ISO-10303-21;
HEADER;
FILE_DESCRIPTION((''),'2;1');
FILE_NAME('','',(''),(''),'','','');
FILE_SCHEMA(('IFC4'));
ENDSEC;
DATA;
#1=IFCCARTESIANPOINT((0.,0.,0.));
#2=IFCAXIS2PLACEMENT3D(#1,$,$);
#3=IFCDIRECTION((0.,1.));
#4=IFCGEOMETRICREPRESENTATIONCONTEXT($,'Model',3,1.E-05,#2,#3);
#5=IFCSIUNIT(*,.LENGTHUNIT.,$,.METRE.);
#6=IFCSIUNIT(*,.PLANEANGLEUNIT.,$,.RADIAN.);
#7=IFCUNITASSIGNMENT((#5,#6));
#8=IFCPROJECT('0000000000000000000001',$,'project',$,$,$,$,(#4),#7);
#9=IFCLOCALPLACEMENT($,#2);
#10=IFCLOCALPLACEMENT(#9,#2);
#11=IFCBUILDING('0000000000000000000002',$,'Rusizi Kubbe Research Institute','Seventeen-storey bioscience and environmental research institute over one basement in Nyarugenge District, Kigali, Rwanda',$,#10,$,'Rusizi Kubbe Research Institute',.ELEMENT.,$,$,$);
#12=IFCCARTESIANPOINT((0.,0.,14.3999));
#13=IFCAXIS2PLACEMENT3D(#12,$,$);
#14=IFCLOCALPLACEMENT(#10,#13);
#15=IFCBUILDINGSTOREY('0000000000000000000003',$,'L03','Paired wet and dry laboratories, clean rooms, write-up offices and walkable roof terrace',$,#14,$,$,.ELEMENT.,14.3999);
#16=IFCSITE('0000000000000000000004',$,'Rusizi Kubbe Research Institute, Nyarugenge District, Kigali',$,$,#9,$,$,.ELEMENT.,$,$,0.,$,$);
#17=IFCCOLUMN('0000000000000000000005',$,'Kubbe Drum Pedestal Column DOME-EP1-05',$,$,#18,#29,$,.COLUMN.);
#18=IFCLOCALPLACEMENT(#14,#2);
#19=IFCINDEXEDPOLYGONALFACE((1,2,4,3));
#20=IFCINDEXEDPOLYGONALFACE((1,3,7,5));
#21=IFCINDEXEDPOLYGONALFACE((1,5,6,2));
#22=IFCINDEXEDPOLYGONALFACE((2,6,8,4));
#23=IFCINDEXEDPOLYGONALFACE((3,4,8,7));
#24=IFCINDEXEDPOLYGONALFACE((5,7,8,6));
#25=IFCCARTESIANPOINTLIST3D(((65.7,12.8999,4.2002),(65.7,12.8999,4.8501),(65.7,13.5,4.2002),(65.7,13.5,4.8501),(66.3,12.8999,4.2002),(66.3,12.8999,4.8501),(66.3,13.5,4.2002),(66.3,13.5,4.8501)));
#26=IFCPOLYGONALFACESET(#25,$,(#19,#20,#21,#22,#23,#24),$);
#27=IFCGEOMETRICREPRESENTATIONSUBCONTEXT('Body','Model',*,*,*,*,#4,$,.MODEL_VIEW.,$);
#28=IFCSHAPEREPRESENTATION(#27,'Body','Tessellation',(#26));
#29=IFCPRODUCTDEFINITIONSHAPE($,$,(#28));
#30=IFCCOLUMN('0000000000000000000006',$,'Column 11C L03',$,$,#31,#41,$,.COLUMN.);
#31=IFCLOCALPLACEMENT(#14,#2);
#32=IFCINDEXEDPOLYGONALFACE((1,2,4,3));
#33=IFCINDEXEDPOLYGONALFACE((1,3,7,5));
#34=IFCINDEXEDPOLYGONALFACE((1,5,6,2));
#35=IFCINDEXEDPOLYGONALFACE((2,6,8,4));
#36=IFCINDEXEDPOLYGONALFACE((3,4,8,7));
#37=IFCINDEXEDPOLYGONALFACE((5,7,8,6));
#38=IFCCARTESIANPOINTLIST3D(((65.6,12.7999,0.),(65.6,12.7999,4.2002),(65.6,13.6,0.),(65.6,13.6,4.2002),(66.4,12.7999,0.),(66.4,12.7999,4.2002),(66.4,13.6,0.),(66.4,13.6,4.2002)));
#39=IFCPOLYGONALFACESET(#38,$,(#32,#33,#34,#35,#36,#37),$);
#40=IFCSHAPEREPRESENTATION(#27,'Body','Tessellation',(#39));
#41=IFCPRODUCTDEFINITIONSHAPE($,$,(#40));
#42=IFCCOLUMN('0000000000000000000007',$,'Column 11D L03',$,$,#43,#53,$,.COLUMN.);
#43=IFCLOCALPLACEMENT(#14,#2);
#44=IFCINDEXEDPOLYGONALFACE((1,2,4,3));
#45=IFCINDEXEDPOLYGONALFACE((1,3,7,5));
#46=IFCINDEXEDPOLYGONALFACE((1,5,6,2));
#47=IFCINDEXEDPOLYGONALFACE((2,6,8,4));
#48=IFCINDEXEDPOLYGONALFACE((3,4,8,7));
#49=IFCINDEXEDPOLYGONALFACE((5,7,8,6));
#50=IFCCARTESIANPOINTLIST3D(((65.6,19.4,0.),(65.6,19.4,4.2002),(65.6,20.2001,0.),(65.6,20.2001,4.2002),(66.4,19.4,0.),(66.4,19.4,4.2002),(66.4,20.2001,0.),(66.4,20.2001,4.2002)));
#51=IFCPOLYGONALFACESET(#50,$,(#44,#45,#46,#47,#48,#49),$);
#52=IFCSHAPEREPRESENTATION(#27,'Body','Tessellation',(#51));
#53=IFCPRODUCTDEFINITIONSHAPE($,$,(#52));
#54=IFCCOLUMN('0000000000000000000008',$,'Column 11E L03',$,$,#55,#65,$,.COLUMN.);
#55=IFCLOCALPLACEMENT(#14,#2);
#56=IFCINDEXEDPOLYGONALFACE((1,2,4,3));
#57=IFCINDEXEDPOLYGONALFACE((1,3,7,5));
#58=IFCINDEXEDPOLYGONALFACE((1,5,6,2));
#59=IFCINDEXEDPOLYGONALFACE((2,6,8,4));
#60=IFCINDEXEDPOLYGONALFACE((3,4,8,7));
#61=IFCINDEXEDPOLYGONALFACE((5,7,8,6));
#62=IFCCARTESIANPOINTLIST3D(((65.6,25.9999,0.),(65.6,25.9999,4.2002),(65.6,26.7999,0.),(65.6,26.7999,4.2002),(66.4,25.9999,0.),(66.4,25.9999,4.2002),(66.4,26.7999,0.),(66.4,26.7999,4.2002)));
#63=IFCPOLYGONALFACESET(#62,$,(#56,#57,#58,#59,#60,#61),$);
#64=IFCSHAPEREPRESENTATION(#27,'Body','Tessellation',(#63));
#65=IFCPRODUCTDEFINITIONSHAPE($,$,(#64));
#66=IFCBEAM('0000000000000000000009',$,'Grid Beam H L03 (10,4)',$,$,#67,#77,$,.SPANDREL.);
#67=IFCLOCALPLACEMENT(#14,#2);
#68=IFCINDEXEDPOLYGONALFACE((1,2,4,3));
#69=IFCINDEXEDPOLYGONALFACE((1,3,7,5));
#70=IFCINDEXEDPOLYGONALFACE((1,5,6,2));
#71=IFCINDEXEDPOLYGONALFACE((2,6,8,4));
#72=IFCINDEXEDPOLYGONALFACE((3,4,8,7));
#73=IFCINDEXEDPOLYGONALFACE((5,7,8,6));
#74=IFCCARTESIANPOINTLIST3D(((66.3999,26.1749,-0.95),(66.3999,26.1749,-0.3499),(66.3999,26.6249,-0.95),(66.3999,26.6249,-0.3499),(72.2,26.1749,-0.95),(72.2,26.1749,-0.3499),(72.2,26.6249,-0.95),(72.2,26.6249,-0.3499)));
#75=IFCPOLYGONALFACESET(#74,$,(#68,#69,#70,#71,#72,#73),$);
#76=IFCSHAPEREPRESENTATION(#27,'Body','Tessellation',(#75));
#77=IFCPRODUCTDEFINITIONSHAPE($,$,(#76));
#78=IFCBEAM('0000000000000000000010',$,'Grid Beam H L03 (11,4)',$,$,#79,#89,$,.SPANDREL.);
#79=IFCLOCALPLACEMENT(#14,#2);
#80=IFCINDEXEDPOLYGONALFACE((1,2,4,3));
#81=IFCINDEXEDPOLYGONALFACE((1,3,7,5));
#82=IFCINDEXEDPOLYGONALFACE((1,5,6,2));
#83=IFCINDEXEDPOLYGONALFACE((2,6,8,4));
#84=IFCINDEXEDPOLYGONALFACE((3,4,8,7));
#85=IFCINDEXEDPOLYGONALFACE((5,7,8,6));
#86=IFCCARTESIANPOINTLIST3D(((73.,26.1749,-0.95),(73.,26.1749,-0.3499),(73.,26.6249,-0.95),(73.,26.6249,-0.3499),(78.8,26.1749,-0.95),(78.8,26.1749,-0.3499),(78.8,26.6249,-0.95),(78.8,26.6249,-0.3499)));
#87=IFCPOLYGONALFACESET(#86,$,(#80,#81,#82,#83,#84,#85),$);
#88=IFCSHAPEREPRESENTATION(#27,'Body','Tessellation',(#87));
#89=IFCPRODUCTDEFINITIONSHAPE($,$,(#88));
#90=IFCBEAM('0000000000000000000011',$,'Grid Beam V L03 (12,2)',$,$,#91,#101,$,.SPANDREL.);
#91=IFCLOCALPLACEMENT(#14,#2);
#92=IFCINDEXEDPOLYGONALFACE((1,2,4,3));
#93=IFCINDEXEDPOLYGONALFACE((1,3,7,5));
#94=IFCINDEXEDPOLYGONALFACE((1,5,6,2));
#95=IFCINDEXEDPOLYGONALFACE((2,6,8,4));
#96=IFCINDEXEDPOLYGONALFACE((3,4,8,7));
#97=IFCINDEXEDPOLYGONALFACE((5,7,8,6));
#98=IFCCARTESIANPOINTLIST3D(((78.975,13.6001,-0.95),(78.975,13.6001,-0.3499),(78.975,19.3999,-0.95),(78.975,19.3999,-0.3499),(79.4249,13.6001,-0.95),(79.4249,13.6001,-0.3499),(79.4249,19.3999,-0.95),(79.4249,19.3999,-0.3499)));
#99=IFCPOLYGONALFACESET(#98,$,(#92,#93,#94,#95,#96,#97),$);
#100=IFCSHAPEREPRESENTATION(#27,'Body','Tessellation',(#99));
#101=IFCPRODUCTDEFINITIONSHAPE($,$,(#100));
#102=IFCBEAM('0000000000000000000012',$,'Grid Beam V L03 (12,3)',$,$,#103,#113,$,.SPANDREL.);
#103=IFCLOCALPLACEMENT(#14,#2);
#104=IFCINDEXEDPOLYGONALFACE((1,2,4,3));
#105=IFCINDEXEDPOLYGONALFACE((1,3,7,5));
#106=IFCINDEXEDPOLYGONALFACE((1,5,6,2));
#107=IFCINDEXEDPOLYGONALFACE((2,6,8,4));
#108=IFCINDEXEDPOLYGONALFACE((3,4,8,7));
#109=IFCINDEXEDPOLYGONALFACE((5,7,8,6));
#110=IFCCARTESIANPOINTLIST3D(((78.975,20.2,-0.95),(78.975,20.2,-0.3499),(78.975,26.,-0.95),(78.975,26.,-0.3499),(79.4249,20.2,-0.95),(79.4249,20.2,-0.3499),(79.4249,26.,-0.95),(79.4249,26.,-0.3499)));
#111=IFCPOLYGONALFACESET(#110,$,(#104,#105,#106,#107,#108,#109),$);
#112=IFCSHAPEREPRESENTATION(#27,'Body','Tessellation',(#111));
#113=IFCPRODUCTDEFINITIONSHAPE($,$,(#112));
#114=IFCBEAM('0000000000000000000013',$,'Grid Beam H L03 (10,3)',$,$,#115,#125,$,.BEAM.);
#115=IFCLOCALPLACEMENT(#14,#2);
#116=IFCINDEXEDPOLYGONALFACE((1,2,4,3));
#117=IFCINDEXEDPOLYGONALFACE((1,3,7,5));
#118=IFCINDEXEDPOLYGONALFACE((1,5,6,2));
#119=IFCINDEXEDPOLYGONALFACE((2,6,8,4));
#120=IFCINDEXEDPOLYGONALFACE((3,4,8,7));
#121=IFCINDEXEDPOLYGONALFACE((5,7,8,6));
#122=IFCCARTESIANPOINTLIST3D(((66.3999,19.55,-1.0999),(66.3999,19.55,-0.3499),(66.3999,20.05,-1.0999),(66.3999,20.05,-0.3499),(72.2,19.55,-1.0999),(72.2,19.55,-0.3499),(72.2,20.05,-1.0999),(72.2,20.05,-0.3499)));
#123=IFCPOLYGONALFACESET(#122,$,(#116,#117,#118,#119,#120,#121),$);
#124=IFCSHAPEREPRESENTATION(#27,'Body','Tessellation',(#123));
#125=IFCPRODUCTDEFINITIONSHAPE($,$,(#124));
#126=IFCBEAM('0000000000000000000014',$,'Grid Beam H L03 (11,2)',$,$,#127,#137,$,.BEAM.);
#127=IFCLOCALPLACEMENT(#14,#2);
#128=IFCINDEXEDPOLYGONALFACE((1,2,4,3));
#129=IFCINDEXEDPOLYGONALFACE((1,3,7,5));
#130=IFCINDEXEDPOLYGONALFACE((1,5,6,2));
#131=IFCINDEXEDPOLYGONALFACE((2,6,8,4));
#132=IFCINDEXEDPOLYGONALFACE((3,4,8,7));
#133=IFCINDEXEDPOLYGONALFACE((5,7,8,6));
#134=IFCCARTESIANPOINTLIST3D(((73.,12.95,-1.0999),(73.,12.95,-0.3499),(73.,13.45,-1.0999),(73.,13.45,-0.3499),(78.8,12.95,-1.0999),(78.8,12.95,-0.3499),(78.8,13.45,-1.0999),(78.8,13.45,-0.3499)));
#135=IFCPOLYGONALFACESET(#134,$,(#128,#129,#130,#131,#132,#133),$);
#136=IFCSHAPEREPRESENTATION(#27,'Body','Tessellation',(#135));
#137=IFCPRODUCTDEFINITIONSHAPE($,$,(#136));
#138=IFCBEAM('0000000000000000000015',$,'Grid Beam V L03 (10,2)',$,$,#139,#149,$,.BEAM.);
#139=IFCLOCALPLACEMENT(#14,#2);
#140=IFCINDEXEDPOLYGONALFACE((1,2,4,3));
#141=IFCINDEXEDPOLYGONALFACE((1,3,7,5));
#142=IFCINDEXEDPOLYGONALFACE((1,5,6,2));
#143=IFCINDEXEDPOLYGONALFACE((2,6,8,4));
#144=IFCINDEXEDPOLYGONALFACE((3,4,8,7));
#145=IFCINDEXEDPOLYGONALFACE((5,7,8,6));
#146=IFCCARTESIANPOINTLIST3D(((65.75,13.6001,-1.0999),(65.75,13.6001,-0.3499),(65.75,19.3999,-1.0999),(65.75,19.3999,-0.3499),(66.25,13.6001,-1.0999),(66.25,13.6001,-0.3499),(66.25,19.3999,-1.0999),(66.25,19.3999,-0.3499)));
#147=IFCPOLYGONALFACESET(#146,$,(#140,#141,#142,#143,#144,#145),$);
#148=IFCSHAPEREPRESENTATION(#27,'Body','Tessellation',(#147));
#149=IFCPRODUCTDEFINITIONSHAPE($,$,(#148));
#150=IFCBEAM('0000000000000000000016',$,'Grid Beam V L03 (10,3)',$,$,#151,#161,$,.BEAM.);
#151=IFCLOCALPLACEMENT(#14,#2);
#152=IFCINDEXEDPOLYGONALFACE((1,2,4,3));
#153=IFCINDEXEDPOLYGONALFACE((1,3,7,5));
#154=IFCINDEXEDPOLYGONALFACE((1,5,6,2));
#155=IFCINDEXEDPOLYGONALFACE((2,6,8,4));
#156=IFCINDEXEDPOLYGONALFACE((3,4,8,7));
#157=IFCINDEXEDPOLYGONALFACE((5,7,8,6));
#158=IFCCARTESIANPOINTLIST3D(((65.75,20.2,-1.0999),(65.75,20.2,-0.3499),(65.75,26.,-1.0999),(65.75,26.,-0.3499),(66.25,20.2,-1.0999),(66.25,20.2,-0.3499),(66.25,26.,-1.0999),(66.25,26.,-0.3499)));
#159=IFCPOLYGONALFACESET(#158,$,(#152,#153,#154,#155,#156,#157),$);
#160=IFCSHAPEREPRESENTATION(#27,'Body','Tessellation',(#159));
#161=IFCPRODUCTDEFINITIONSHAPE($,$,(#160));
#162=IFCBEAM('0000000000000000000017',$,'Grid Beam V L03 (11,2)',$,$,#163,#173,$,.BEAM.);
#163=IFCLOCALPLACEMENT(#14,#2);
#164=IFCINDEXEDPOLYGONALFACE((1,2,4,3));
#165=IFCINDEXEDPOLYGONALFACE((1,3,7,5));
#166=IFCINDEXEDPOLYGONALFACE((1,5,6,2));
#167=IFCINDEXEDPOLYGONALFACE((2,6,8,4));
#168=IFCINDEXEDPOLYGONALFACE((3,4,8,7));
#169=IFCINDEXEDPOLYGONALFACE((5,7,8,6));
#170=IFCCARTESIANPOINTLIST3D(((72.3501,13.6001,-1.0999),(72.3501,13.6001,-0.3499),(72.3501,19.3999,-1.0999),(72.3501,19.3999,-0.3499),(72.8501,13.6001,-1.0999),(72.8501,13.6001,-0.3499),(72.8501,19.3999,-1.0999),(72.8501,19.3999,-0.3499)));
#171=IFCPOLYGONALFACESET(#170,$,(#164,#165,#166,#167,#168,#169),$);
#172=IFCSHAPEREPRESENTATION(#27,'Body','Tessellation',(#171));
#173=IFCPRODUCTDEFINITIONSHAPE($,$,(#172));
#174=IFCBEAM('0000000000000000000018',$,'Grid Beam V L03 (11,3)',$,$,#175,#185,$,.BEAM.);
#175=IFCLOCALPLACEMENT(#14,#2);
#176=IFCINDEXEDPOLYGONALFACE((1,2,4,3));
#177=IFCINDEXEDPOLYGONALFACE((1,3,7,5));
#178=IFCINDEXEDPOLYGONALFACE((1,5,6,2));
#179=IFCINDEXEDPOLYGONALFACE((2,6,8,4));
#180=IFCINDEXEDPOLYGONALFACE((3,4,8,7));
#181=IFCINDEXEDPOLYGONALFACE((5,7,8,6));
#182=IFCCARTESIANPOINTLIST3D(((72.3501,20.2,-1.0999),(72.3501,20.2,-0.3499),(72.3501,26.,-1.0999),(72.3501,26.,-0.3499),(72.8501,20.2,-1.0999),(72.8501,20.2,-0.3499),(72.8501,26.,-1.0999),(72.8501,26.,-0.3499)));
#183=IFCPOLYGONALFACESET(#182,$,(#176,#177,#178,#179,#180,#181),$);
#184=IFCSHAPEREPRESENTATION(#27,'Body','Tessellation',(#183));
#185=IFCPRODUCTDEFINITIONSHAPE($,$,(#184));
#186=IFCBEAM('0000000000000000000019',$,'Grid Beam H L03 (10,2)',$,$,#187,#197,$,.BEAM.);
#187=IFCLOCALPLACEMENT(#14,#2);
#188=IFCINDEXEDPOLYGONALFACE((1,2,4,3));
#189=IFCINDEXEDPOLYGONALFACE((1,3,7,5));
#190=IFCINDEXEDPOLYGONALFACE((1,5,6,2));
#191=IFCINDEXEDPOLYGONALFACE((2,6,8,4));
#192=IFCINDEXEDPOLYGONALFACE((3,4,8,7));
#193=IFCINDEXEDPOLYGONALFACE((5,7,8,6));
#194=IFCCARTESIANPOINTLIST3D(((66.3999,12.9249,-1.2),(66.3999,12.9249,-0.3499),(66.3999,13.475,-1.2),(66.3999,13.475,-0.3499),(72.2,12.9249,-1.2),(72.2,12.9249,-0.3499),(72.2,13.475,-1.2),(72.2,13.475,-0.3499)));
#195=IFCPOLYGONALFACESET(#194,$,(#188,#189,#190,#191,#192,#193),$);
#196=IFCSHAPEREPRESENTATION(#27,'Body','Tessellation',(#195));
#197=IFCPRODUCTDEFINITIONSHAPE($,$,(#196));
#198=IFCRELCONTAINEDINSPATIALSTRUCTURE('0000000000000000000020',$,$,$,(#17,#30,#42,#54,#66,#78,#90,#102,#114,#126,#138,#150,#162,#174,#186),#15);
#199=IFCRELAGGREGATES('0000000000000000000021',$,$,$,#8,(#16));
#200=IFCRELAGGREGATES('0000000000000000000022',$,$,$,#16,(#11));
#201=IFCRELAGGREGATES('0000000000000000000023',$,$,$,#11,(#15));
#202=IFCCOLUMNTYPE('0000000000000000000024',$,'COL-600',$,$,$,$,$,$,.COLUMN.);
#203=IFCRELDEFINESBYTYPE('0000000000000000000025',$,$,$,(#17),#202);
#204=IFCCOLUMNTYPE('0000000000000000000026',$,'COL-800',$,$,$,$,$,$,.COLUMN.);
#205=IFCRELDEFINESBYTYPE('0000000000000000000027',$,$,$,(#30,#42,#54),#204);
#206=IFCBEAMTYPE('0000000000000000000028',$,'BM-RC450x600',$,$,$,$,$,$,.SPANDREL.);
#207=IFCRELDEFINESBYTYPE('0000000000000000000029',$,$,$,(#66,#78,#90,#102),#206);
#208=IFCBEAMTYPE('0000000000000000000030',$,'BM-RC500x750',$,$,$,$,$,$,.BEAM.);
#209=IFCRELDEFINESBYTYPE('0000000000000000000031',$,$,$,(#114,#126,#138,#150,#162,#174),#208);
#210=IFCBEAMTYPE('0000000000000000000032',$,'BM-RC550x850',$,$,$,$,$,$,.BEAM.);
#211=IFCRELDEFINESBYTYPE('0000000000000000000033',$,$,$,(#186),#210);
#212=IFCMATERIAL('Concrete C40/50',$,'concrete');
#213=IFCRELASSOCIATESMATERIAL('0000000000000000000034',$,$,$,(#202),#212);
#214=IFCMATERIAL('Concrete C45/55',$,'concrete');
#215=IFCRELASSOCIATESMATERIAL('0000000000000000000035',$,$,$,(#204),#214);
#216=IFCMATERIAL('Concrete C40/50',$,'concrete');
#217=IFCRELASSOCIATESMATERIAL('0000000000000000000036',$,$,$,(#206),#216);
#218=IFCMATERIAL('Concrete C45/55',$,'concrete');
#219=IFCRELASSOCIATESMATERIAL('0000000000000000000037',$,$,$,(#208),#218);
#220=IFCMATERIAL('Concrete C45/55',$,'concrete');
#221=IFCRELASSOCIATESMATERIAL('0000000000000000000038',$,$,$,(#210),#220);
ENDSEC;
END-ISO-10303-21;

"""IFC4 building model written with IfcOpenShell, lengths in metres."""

from ifc_helpers import new_model, si_unit, direction, frame, origin, origin_2d, place, context, subcontext, project, spatial, rectangle, extrude, material, material_profile, profile_set, type_object, element, save


model = new_model("IFC4")

# Units and contexts
model_context = context("Model", 3, precision=1e-05, world=origin(), true_north=direction((0.0, 1.0)))
body_context = subcontext(model_context, "Body", "Model", "MODEL_VIEW")
ifc_project = project(units=[si_unit("LENGTHUNIT", "METRE"), si_unit("PLANEANGLEUNIT", "RADIAN")], contexts=[model_context])

# Site, building, storey
site_placement = place(None, origin())
site = spatial("IfcSite", under=ifc_project, at=site_placement, Name="Rusizi Kubbe Research Institute, Nyarugenge District, Kigali", CompositionType="ELEMENT", RefElevation=0.0)
building_placement = place(site_placement, origin())
building = spatial("IfcBuilding", under=site, at=building_placement, Name="Rusizi Kubbe Research Institute", Description="Seventeen-storey bioscience and environmental research institute over one basement in Nyarugenge District, Kigali, Rwanda", LongName="Rusizi Kubbe Research Institute", CompositionType="ELEMENT")
storey_placement = place(building_placement, frame((0.0, 0.0, 14.3999)))
storey = spatial("IfcBuildingStorey", under=building, at=storey_placement, Name="L03", Description="Paired wet and dry laboratories, clean rooms, write-up offices and walkable roof terrace", CompositionType="ELEMENT", Elevation=14.3999)

# Columns
ifc_material_1 = material(Name="Concrete C40/50", Category="concrete")
ifc_material_profile_1 = material_profile(ifc_material_1, rectangle(XDim=0.6001, YDim=0.6001, at=origin_2d()), Name="RC600x600")
ifc_profile_set_1 = profile_set([ifc_material_profile_1], Name="Concrete C40/50")
column_type_1 = type_object("IfcColumnType", Name="COL-600", PredefinedType="COLUMN", material=ifc_profile_set_1)
column_placement = place(storey_placement, frame((66.0, 13.2, 4.2002), z_axis=(0.0, 0.0, 1.0), x_axis=(1.0, 0.0, 0.0)))
element("IfcColumn", 1, at=column_placement, inside=storey, type_object=column_type_1, Name="Kubbe Drum Pedestal Column DOME-EP1-05", PredefinedType="COLUMN", context=body_context, shape_type="SweptSolid", body=[
    extrude(rectangle(XDim=0.6001, YDim=0.6001, at=origin_2d()), origin(), (0.0, 0.0, 1.0), 0.6499),
])
ifc_material_2 = material(Name="Concrete C45/55", Category="concrete")
ifc_material_profile_2 = material_profile(ifc_material_2, rectangle(XDim=0.8, YDim=0.8, at=origin_2d()), Name="RC800x800")
ifc_profile_set_2 = profile_set([ifc_material_profile_2], Name="Concrete C45/55")
column_type_2 = type_object("IfcColumnType", Name="COL-800", PredefinedType="COLUMN", material=ifc_profile_set_2)
for number, where, z_axis, x_axis, name in (
    (2, (66.0, 13.2, 0.0), (0.0, 0.0, 1.0), (1.0, 0.0, 0.0), "Column 11C L03"),
    (3, (66.0, 19.8, 0.0), (0.0, 0.0, 1.0), (1.0, 0.0, 0.0), "Column 11D L03"),
    (4, (66.0, 26.3999, 0.0), (0.0, 0.0, 1.0), (1.0, 0.0, 0.0), "Column 11E L03"),
):
    element("IfcColumn", number, at=place(storey_placement, frame(where, z_axis=z_axis, x_axis=x_axis)), inside=storey, type_object=column_type_2, Name=name, PredefinedType="COLUMN", context=body_context, shape_type="SweptSolid", body=[
        extrude(rectangle(XDim=0.8, YDim=0.8, at=origin_2d()), origin(), (0.0, 0.0, 1.0), 4.2002),
    ])

# Beams
ifc_material_3 = material(Name="Concrete C40/50", Category="concrete")
ifc_material_profile_3 = material_profile(ifc_material_3, rectangle(XDim=0.45, YDim=0.6001, at=origin_2d()), Name="RC450x600")
ifc_profile_set_3 = profile_set([ifc_material_profile_3], Name="Concrete C40/50")
beam_type_1 = type_object("IfcBeamType", Name="BM-RC450x600", PredefinedType="SPANDREL", material=ifc_profile_set_3)
for number, where, z_axis, x_axis, name in (
    (5, (66.3999, 26.3999, -0.6499), (1.0, 0.0, 0.0), (0.0, 1.0, 0.0), "Grid Beam H L03 (10,4)"),
    (6, (73.0, 26.3999, -0.6499), (1.0, 0.0, 0.0), (0.0, 1.0, 0.0), "Grid Beam H L03 (11,4)"),
):
    element("IfcBeam", number, at=place(storey_placement, frame(where, z_axis=z_axis, x_axis=x_axis)), inside=storey, type_object=beam_type_1, Name=name, PredefinedType="SPANDREL", context=body_context, shape_type="SweptSolid", body=[
        extrude(rectangle(XDim=0.45, YDim=0.6001, at=origin_2d()), origin(), (0.0, 0.0, 1.0), 5.8),
    ])
beam_1_placement = place(storey_placement, frame((79.2, 13.6001, -0.6499), z_axis=(0.0, 1.0, 0.0), x_axis=(-1.0, 0.0, 0.0)))
element("IfcBeam", 7, at=beam_1_placement, inside=storey, type_object=beam_type_1, Name="Grid Beam V L03 (12,2)", PredefinedType="SPANDREL", context=body_context, shape_type="SweptSolid", body=[
    extrude(rectangle(XDim=0.45, YDim=0.6001, at=origin_2d()), origin(), (0.0, 0.0, 1.0), 5.7998),
])
beam_2_placement = place(storey_placement, frame((79.2, 20.2, -0.6499), z_axis=(0.0, 1.0, 0.0), x_axis=(-1.0, 0.0, 0.0)))
element("IfcBeam", 8, at=beam_2_placement, inside=storey, type_object=beam_type_1, Name="Grid Beam V L03 (12,3)", PredefinedType="SPANDREL", context=body_context, shape_type="SweptSolid", body=[
    extrude(rectangle(XDim=0.45, YDim=0.6001, at=origin_2d()), origin(), (0.0, 0.0, 1.0), 5.8),
])
ifc_material_4 = material(Name="Concrete C45/55", Category="concrete")
ifc_material_profile_4 = material_profile(ifc_material_4, rectangle(XDim=0.5, YDim=0.75, at=origin_2d()), Name="RC500x750B")
ifc_profile_set_4 = profile_set([ifc_material_profile_4], Name="Concrete C45/55")
beam_type_2 = type_object("IfcBeamType", Name="BM-RC500x750", PredefinedType="BEAM", material=ifc_profile_set_4)
for number, where, z_axis, x_axis, name in (
    (9, (66.3999, 19.8, -0.7249), (1.0, 0.0, 0.0), (0.0, 1.0, 0.0), "Grid Beam H L03 (10,3)"),
    (10, (73.0, 13.2, -0.7249), (1.0, 0.0, 0.0), (0.0, 1.0, 0.0), "Grid Beam H L03 (11,2)"),
):
    element("IfcBeam", number, at=place(storey_placement, frame(where, z_axis=z_axis, x_axis=x_axis)), inside=storey, type_object=beam_type_2, Name=name, PredefinedType="BEAM", context=body_context, shape_type="SweptSolid", body=[
        extrude(rectangle(XDim=0.5, YDim=0.75, at=origin_2d()), origin(), (0.0, 0.0, 1.0), 5.8),
    ])
beam_3_placement = place(storey_placement, frame((66.0, 13.6001, -0.7249), z_axis=(0.0, 1.0, 0.0), x_axis=(-1.0, 0.0, 0.0)))
element("IfcBeam", 11, at=beam_3_placement, inside=storey, type_object=beam_type_2, Name="Grid Beam V L03 (10,2)", PredefinedType="BEAM", context=body_context, shape_type="SweptSolid", body=[
    extrude(rectangle(XDim=0.5, YDim=0.75, at=origin_2d()), origin(), (0.0, 0.0, 1.0), 5.7998),
])
beam_4_placement = place(storey_placement, frame((66.0, 20.2, -0.7249), z_axis=(0.0, 1.0, 0.0), x_axis=(-1.0, 0.0, 0.0)))
element("IfcBeam", 12, at=beam_4_placement, inside=storey, type_object=beam_type_2, Name="Grid Beam V L03 (10,3)", PredefinedType="BEAM", context=body_context, shape_type="SweptSolid", body=[
    extrude(rectangle(XDim=0.5, YDim=0.75, at=origin_2d()), origin(), (0.0, 0.0, 1.0), 5.8),
])
beam_5_placement = place(storey_placement, frame((72.6001, 13.6001, -0.7249), z_axis=(0.0, 1.0, 0.0), x_axis=(-1.0, 0.0, 0.0)))
element("IfcBeam", 13, at=beam_5_placement, inside=storey, type_object=beam_type_2, Name="Grid Beam V L03 (11,2)", PredefinedType="BEAM", context=body_context, shape_type="SweptSolid", body=[
    extrude(rectangle(XDim=0.5, YDim=0.75, at=origin_2d()), origin(), (0.0, 0.0, 1.0), 5.7998),
])
beam_6_placement = place(storey_placement, frame((72.6001, 20.2, -0.7249), z_axis=(0.0, 1.0, 0.0), x_axis=(-1.0, 0.0, 0.0)))
element("IfcBeam", 14, at=beam_6_placement, inside=storey, type_object=beam_type_2, Name="Grid Beam V L03 (11,3)", PredefinedType="BEAM", context=body_context, shape_type="SweptSolid", body=[
    extrude(rectangle(XDim=0.5, YDim=0.75, at=origin_2d()), origin(), (0.0, 0.0, 1.0), 5.8),
])
ifc_material_5 = material(Name="Concrete C45/55", Category="concrete")
ifc_material_profile_5 = material_profile(ifc_material_5, rectangle(XDim=0.55, YDim=0.8501, at=origin_2d()), Name="RC550x850")
ifc_profile_set_5 = profile_set([ifc_material_profile_5], Name="Concrete C45/55")
beam_type_3 = type_object("IfcBeamType", Name="BM-RC550x850", PredefinedType="BEAM", material=ifc_profile_set_5)
for number, where, z_axis, x_axis, name in (
    (15, (66.3999, 13.2, -0.7749), (1.0, 0.0, 0.0), (0.0, 1.0, 0.0), "Grid Beam H L03 (10,2)"),
):
    element("IfcBeam", number, at=place(storey_placement, frame(where, z_axis=z_axis, x_axis=x_axis)), inside=storey, type_object=beam_type_3, Name=name, PredefinedType="BEAM", context=body_context, shape_type="SweptSolid", body=[
        extrude(rectangle(XDim=0.55, YDim=0.8501, at=origin_2d()), origin(), (0.0, 0.0, 1.0), 5.8),
    ])

save(model, "model.ifc")
